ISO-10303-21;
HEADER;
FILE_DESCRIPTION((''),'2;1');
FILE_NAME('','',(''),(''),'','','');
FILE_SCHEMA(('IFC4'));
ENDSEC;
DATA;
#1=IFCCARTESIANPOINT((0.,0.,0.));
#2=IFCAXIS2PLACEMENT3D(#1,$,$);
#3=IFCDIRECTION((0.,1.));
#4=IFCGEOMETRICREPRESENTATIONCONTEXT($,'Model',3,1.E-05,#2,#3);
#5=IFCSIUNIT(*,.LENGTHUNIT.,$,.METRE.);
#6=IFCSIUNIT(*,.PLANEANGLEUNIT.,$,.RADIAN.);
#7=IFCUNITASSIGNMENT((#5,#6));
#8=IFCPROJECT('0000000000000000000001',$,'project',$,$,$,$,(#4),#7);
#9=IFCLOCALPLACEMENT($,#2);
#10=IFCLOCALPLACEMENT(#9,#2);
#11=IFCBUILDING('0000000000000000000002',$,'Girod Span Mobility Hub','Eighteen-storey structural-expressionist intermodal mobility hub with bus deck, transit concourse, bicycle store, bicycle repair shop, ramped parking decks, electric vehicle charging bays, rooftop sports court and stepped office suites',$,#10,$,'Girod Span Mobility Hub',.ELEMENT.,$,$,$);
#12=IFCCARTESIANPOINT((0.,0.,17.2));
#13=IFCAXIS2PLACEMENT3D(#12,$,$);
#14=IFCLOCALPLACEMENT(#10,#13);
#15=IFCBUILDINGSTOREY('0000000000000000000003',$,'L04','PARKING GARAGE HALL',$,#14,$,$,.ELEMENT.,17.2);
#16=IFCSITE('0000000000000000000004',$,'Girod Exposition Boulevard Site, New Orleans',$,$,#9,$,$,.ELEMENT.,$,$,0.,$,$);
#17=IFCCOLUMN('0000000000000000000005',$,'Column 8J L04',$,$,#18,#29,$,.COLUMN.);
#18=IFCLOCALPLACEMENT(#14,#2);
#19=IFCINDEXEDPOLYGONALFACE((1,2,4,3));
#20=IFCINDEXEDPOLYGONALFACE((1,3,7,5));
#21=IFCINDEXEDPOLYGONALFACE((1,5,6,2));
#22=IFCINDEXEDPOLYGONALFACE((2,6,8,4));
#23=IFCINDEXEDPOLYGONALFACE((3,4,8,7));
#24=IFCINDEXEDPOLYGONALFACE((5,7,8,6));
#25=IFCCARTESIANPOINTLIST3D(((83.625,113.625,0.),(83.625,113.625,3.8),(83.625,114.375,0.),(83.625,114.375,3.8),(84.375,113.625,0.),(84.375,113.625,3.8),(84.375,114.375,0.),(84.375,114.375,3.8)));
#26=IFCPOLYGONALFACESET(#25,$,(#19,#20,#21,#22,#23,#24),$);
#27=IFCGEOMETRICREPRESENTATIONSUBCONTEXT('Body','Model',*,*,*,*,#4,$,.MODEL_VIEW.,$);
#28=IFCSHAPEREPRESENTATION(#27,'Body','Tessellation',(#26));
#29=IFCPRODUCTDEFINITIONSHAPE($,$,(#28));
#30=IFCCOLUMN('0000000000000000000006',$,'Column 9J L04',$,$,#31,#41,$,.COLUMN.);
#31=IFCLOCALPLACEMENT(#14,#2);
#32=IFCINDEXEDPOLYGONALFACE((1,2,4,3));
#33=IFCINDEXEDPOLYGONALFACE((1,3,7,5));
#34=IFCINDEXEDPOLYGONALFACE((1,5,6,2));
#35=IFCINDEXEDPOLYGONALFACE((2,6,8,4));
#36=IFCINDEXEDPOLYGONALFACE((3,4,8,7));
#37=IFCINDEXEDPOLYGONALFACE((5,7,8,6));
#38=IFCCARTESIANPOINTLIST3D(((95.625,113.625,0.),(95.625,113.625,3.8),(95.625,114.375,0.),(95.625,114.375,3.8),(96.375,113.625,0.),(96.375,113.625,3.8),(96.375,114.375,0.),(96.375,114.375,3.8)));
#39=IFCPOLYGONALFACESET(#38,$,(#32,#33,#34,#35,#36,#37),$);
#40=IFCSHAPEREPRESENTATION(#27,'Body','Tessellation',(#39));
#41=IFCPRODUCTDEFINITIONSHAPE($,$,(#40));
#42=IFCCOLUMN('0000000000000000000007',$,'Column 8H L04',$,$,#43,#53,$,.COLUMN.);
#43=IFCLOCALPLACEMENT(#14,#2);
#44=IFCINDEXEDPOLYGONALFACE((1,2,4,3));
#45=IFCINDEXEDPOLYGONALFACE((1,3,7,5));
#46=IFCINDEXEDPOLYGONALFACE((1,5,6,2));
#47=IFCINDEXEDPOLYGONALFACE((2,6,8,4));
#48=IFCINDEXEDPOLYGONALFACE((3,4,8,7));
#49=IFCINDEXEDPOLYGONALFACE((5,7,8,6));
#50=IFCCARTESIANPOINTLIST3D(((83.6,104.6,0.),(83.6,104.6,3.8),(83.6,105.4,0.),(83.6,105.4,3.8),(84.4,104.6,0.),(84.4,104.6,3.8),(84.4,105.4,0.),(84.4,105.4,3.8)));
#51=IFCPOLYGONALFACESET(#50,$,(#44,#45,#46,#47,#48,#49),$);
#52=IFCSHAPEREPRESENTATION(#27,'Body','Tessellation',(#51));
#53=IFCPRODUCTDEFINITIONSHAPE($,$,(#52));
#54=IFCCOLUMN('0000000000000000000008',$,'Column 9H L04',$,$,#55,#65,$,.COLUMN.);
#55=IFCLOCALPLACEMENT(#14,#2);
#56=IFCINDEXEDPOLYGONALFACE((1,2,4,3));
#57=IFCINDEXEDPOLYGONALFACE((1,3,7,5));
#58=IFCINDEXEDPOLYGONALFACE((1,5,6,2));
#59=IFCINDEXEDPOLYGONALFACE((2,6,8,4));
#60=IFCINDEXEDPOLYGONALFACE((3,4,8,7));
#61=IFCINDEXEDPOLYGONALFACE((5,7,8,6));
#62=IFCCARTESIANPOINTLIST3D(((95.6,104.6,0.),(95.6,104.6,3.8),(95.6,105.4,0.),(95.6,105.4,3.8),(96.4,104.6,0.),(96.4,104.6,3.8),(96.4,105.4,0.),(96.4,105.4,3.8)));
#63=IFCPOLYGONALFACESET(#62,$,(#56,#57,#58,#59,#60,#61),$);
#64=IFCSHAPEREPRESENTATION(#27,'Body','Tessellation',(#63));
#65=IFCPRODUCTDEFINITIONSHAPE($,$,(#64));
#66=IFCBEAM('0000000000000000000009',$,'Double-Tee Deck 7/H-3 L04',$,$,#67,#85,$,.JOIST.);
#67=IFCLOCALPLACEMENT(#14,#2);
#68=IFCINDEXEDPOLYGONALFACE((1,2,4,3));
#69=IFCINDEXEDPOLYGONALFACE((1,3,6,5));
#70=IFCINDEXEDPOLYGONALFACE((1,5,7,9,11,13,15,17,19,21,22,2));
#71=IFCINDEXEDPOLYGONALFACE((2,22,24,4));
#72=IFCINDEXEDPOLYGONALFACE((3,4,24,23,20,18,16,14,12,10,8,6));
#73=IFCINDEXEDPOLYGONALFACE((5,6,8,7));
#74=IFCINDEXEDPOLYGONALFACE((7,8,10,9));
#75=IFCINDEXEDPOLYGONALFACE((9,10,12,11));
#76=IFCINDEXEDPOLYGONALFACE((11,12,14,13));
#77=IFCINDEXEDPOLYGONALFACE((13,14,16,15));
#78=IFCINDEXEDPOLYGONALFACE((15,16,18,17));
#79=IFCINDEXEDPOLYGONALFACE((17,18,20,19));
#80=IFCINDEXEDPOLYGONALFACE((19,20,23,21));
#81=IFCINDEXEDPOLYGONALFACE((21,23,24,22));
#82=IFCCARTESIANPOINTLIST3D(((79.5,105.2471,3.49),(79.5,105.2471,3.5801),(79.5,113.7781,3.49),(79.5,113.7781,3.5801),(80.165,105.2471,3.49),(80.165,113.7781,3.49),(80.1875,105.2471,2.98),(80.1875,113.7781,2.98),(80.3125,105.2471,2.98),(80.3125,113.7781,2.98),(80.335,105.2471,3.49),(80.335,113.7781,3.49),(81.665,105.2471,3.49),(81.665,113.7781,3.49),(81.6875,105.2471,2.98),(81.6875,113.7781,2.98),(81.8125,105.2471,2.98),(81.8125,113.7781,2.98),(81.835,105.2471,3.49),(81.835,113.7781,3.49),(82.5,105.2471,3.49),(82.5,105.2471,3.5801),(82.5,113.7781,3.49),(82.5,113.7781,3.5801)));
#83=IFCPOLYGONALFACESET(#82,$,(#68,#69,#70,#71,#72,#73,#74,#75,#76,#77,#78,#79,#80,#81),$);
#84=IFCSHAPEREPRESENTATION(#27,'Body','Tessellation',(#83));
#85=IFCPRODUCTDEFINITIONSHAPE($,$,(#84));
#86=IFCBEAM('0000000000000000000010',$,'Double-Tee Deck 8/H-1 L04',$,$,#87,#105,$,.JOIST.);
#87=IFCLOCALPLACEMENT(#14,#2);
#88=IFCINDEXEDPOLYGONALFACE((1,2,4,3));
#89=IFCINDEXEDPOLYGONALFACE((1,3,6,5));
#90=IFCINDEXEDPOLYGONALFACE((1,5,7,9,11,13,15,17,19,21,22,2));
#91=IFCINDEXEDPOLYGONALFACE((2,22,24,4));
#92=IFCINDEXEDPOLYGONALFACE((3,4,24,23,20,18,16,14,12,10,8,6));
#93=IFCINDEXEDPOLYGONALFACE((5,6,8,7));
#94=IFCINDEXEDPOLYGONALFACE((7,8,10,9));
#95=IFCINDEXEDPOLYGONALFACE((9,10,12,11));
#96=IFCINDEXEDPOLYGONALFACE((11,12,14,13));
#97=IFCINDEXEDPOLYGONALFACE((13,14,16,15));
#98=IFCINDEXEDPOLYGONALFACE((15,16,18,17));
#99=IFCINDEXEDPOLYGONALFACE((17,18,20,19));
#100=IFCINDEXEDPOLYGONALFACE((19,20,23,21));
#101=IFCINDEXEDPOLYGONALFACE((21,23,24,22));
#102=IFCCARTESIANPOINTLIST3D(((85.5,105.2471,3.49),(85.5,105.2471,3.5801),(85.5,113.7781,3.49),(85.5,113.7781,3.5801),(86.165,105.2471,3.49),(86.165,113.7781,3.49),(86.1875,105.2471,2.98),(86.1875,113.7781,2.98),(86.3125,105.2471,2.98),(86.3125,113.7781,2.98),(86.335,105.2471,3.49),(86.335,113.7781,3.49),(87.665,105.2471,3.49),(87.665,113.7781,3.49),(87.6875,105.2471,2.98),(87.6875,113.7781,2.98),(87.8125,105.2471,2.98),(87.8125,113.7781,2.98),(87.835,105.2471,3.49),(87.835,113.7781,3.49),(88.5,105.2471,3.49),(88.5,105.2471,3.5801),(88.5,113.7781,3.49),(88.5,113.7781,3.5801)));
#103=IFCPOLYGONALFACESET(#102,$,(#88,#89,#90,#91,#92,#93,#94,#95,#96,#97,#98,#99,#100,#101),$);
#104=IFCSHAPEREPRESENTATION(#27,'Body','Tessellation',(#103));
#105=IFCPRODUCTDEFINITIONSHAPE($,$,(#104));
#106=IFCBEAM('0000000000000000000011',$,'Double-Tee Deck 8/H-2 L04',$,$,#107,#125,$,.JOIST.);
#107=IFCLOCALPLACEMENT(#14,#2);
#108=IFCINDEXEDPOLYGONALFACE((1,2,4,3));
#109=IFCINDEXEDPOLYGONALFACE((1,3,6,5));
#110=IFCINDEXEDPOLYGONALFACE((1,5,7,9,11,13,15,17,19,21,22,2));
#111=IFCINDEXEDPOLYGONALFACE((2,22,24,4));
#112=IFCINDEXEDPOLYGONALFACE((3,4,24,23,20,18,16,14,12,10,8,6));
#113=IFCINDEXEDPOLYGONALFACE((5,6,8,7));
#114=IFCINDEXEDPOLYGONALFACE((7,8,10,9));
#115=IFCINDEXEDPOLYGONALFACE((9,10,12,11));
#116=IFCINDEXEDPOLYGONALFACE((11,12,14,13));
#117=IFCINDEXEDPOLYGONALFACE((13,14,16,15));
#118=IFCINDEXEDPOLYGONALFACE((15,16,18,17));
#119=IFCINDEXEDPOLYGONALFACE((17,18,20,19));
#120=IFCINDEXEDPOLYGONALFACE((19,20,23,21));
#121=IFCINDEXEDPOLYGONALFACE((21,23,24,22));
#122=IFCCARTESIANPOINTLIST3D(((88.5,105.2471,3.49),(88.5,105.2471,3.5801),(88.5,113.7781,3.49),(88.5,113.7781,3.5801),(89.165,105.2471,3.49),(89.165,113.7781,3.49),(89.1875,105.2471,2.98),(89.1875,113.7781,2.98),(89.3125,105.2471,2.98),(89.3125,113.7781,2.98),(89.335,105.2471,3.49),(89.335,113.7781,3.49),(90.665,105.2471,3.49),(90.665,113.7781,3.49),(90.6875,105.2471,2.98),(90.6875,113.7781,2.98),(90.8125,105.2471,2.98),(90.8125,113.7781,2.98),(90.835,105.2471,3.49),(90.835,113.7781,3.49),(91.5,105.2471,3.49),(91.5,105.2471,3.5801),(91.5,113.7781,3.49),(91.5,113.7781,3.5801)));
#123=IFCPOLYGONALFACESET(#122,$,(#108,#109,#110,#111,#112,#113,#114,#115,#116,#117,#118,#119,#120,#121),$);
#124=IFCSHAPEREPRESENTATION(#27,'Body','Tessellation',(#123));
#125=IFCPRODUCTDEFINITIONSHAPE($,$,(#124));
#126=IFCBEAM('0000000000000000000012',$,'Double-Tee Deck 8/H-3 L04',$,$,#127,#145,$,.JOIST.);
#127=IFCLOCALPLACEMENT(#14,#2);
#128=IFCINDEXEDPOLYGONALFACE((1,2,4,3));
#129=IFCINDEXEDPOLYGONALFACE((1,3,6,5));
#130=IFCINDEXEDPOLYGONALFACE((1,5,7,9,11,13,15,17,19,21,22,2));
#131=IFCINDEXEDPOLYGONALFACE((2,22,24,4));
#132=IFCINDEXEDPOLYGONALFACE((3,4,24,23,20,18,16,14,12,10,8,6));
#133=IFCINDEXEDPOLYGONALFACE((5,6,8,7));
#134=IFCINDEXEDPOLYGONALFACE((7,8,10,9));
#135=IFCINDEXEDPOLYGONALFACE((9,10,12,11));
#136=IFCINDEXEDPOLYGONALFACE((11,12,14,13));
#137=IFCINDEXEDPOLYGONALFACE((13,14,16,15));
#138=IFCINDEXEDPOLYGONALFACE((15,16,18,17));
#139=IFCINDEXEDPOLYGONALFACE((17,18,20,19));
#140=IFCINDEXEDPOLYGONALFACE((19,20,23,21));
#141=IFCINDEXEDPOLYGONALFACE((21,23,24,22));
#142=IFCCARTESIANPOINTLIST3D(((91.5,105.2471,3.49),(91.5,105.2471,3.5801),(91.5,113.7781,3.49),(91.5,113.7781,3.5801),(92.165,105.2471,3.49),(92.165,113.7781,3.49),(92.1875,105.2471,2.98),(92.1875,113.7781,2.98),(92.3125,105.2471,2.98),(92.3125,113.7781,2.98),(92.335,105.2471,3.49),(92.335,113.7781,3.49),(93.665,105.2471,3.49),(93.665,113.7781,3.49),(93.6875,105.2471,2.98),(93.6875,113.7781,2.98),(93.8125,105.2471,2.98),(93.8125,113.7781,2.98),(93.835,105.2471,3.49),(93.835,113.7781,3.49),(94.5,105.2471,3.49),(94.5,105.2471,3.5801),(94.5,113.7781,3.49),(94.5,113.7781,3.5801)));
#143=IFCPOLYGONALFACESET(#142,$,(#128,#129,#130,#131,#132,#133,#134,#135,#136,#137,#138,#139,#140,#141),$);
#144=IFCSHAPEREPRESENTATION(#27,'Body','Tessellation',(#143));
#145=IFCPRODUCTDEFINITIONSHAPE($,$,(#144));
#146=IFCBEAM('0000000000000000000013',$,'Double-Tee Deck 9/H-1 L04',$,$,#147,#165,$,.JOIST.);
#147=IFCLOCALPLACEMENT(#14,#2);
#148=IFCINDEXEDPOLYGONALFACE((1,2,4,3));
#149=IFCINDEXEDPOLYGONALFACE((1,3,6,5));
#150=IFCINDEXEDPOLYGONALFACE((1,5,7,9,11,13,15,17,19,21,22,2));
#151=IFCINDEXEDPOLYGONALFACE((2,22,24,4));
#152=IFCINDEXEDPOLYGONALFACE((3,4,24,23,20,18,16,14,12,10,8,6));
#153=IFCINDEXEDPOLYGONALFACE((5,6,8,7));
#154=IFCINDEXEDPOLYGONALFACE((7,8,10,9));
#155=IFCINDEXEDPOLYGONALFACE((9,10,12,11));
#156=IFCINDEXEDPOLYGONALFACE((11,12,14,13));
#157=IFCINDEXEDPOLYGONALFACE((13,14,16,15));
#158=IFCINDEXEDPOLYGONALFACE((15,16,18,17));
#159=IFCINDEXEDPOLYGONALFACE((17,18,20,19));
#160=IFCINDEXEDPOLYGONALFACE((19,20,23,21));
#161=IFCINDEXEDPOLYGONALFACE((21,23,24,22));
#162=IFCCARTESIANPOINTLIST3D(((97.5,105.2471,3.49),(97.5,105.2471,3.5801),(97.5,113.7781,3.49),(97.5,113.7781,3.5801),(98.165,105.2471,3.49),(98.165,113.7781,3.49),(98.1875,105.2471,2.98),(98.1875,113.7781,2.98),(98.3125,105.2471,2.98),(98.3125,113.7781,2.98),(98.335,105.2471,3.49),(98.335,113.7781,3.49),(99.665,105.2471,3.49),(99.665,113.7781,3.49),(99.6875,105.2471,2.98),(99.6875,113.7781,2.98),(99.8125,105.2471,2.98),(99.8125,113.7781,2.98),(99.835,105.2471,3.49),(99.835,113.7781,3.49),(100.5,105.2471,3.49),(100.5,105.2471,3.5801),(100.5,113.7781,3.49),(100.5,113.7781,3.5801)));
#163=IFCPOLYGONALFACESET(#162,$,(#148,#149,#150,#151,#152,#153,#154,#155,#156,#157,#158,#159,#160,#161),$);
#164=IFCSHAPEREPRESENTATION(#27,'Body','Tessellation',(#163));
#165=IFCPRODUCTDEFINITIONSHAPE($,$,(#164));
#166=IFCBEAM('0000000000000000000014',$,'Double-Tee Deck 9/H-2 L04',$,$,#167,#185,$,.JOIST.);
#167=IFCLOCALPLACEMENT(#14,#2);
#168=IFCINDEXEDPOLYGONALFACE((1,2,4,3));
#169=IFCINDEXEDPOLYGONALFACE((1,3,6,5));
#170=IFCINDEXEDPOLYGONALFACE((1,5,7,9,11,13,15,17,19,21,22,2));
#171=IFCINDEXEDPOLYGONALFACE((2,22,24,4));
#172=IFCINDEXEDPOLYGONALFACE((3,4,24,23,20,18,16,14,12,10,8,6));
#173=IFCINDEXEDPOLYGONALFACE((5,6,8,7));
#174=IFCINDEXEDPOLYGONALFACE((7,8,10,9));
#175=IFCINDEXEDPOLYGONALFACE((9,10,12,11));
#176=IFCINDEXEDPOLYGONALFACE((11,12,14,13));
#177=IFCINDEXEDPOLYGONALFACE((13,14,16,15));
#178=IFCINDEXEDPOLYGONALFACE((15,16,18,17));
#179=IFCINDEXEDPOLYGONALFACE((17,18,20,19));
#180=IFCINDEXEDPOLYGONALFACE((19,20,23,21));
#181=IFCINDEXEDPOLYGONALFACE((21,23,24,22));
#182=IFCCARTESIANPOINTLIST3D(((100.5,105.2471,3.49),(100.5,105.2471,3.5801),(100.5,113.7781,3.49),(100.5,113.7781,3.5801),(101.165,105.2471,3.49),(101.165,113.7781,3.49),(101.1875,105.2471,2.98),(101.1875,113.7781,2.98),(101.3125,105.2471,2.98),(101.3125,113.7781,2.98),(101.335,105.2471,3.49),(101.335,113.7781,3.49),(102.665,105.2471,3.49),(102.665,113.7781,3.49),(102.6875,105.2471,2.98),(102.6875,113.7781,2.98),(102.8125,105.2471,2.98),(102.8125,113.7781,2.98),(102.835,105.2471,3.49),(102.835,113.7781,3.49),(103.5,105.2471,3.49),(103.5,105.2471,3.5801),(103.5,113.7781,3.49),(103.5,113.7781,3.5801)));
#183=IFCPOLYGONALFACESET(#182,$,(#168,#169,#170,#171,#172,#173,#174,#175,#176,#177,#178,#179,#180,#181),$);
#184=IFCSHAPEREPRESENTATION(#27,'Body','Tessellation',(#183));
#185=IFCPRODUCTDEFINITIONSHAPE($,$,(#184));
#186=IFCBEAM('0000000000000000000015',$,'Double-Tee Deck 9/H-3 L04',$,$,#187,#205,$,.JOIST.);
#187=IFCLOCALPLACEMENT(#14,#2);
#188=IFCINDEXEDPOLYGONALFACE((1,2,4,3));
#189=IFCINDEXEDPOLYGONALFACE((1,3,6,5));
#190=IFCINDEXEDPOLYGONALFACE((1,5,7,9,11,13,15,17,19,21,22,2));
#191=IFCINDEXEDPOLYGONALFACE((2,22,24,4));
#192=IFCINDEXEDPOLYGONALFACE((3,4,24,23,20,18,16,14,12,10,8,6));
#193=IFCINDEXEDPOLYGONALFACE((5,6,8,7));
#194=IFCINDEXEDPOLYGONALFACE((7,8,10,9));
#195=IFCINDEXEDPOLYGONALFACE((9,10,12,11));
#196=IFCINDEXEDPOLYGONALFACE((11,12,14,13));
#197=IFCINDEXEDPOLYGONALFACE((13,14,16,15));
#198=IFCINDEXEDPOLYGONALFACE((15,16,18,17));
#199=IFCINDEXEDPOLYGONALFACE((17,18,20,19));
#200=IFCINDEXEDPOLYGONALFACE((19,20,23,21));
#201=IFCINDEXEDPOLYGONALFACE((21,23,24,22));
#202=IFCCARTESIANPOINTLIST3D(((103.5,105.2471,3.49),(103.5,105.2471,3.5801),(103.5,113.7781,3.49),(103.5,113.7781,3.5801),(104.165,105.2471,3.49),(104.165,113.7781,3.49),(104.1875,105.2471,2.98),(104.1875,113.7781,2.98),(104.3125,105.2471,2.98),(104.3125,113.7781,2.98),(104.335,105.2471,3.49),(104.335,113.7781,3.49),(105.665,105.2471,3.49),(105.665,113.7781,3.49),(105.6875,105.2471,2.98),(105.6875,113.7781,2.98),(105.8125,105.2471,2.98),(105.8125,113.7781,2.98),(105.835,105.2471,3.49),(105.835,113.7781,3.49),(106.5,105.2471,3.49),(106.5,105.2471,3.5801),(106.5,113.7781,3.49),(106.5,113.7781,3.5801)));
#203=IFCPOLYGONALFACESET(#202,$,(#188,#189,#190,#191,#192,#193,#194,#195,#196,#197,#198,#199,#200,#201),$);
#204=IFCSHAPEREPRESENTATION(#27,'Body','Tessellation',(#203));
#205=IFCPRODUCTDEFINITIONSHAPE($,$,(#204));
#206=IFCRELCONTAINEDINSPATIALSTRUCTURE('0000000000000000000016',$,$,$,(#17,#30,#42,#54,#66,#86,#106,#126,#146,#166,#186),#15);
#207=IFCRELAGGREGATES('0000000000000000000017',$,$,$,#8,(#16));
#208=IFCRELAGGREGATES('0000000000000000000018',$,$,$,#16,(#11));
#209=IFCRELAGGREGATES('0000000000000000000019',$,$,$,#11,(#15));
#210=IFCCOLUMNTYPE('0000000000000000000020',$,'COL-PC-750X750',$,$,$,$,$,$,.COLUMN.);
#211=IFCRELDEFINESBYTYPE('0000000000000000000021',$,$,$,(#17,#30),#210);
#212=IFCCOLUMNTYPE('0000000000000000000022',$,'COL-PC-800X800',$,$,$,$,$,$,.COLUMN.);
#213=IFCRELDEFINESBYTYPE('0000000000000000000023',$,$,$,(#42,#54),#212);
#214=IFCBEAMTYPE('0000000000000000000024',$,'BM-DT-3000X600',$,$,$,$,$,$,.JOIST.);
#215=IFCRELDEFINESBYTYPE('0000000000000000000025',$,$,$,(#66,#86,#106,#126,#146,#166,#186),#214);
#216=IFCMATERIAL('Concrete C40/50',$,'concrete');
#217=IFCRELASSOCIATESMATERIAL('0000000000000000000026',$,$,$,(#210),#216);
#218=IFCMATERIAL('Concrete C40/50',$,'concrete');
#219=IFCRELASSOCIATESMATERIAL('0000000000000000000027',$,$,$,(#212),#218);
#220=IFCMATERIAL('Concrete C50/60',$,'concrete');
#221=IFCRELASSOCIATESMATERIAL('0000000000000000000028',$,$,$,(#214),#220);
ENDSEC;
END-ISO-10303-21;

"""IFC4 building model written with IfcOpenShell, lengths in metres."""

from ifc_helpers import new_model, si_unit, direction, frame, origin, origin_2d, place, context, subcontext, project, spatial, polyline, rectangle, outline, extrude, material, material_profile, profile_set, type_object, element, save


model = new_model("IFC4")

# Units and contexts
model_context = context("Model", 3, precision=1e-05, world=origin(), true_north=direction((0.0, 1.0)))
body_context = subcontext(model_context, "Body", "Model", "MODEL_VIEW")
ifc_project = project(units=[si_unit("LENGTHUNIT", "METRE"), si_unit("PLANEANGLEUNIT", "RADIAN")], contexts=[model_context])

# Site, building, storey
site_placement = place(None, origin())
site = spatial("IfcSite", under=ifc_project, at=site_placement, Name="Girod Exposition Boulevard Site, New Orleans", CompositionType="ELEMENT", RefElevation=0.0)
building_placement = place(site_placement, origin())
building = spatial("IfcBuilding", under=site, at=building_placement, Name="Girod Span Mobility Hub", Description="Eighteen-storey structural-expressionist intermodal mobility hub with bus deck, transit concourse, bicycle store, bicycle repair shop, ramped parking decks, electric vehicle charging bays, rooftop sports court and stepped office suites", LongName="Girod Span Mobility Hub", CompositionType="ELEMENT")
storey_placement = place(building_placement, frame((0.0, 0.0, 17.2)))
storey = spatial("IfcBuildingStorey", under=building, at=storey_placement, Name="L04", Description="PARKING GARAGE HALL", CompositionType="ELEMENT", Elevation=17.2)

# Columns
ifc_material_1 = material(Name="Concrete C40/50", Category="concrete")
ifc_material_profile_1 = material_profile(ifc_material_1, rectangle(XDim=0.75, YDim=0.75, at=origin_2d()), Name="PC-COL-750X750")
ifc_profile_set_1 = profile_set([ifc_material_profile_1], Name="Concrete C40/50")
column_type_1 = type_object("IfcColumnType", Name="COL-PC-750X750", PredefinedType="COLUMN", material=ifc_profile_set_1)
for number, where, z_axis, x_axis, name in (
    (1, (84.0, 114.0, 0.0), (0.0, 0.0, 1.0), (1.0, 0.0, 0.0), "Column 8J L04"),
    (2, (96.0, 114.0, 0.0), (0.0, 0.0, 1.0), (1.0, 0.0, 0.0), "Column 9J L04"),
):
    element("IfcColumn", number, at=place(storey_placement, frame(where, z_axis=z_axis, x_axis=x_axis)), inside=storey, type_object=column_type_1, Name=name, PredefinedType="COLUMN", context=body_context, shape_type="SweptSolid", body=[
        extrude(rectangle(XDim=0.75, YDim=0.75, at=origin_2d()), origin(), (0.0, 0.0, 1.0), 3.8),
    ])
ifc_material_2 = material(Name="Concrete C40/50", Category="concrete")
ifc_material_profile_2 = material_profile(ifc_material_2, rectangle(XDim=0.8, YDim=0.8, at=origin_2d()), Name="PC-COL-800X800")
ifc_profile_set_2 = profile_set([ifc_material_profile_2], Name="Concrete C40/50")
column_type_2 = type_object("IfcColumnType", Name="COL-PC-800X800", PredefinedType="COLUMN", material=ifc_profile_set_2)
for number, where, z_axis, x_axis, name in (
    (3, (84.0, 105.0, 0.0), (0.0, 0.0, 1.0), (1.0, 0.0, 0.0), "Column 8H L04"),
    (4, (96.0, 105.0, 0.0), (0.0, 0.0, 1.0), (1.0, 0.0, 0.0), "Column 9H L04"),
):
    element("IfcColumn", number, at=place(storey_placement, frame(where, z_axis=z_axis, x_axis=x_axis)), inside=storey, type_object=column_type_2, Name=name, PredefinedType="COLUMN", context=body_context, shape_type="SweptSolid", body=[
        extrude(rectangle(XDim=0.8, YDim=0.8, at=origin_2d()), origin(), (0.0, 0.0, 1.0), 3.8),
    ])

# Beams
ifc_material_3 = material(Name="Concrete C50/60", Category="concrete")
ifc_material_profile_3 = material_profile(ifc_material_3, outline(polyline([(-1.5, 0.3), (-1.5, 0.21), (-0.835, 0.21), (-0.8125, -0.3), (-0.6875, -0.3), (-0.665, 0.21), (0.665, 0.21), (0.6875, -0.3), (0.8125, -0.3), (0.835, 0.21), (1.5, 0.21), (1.5, 0.3), (-1.5, 0.3)])), Name="DT-3000X600")
ifc_profile_set_3 = profile_set([ifc_material_profile_3], Name="Concrete C50/60")
beam_type_1 = type_object("IfcBeamType", Name="BM-DT-3000X600", PredefinedType="JOIST", material=ifc_profile_set_3)
for number, where, z_axis, x_axis, name in (
    (5, (81.0, 105.2471, 3.28), (0.0, 1.0, 0.0), (-1.0, 0.0, 0.0), "Double-Tee Deck 7/H-3 L04"),
    (6, (87.0, 105.2471, 3.28), (0.0, 1.0, 0.0), (-1.0, 0.0, 0.0), "Double-Tee Deck 8/H-1 L04"),
    (7, (90.0, 105.2471, 3.28), (0.0, 1.0, 0.0), (-1.0, 0.0, 0.0), "Double-Tee Deck 8/H-2 L04"),
    (8, (93.0, 105.2471, 3.28), (0.0, 1.0, 0.0), (-1.0, 0.0, 0.0), "Double-Tee Deck 8/H-3 L04"),
    (9, (99.0, 105.2471, 3.28), (0.0, 1.0, 0.0), (-1.0, 0.0, 0.0), "Double-Tee Deck 9/H-1 L04"),
    (10, (102.0, 105.2471, 3.28), (0.0, 1.0, 0.0), (-1.0, 0.0, 0.0), "Double-Tee Deck 9/H-2 L04"),
    (11, (105.0, 105.2471, 3.28), (0.0, 1.0, 0.0), (-1.0, 0.0, 0.0), "Double-Tee Deck 9/H-3 L04"),
):
    element("IfcBeam", number, at=place(storey_placement, frame(where, z_axis=z_axis, x_axis=x_axis)), inside=storey, type_object=beam_type_1, Name=name, PredefinedType="JOIST", context=body_context, shape_type="SweptSolid", body=[
        extrude(outline(polyline([(-1.5, 0.3), (-1.5, 0.21), (-0.835, 0.21), (-0.8125, -0.3), (-0.6875, -0.3), (-0.665, 0.21), (0.665, 0.21), (0.6875, -0.3), (0.8125, -0.3), (0.835, 0.21), (1.5, 0.21), (1.5, 0.3), (-1.5, 0.3)])), origin(), (0.0, 0.0, 1.0), 8.531),
    ])

save(model, "model.ifc")
